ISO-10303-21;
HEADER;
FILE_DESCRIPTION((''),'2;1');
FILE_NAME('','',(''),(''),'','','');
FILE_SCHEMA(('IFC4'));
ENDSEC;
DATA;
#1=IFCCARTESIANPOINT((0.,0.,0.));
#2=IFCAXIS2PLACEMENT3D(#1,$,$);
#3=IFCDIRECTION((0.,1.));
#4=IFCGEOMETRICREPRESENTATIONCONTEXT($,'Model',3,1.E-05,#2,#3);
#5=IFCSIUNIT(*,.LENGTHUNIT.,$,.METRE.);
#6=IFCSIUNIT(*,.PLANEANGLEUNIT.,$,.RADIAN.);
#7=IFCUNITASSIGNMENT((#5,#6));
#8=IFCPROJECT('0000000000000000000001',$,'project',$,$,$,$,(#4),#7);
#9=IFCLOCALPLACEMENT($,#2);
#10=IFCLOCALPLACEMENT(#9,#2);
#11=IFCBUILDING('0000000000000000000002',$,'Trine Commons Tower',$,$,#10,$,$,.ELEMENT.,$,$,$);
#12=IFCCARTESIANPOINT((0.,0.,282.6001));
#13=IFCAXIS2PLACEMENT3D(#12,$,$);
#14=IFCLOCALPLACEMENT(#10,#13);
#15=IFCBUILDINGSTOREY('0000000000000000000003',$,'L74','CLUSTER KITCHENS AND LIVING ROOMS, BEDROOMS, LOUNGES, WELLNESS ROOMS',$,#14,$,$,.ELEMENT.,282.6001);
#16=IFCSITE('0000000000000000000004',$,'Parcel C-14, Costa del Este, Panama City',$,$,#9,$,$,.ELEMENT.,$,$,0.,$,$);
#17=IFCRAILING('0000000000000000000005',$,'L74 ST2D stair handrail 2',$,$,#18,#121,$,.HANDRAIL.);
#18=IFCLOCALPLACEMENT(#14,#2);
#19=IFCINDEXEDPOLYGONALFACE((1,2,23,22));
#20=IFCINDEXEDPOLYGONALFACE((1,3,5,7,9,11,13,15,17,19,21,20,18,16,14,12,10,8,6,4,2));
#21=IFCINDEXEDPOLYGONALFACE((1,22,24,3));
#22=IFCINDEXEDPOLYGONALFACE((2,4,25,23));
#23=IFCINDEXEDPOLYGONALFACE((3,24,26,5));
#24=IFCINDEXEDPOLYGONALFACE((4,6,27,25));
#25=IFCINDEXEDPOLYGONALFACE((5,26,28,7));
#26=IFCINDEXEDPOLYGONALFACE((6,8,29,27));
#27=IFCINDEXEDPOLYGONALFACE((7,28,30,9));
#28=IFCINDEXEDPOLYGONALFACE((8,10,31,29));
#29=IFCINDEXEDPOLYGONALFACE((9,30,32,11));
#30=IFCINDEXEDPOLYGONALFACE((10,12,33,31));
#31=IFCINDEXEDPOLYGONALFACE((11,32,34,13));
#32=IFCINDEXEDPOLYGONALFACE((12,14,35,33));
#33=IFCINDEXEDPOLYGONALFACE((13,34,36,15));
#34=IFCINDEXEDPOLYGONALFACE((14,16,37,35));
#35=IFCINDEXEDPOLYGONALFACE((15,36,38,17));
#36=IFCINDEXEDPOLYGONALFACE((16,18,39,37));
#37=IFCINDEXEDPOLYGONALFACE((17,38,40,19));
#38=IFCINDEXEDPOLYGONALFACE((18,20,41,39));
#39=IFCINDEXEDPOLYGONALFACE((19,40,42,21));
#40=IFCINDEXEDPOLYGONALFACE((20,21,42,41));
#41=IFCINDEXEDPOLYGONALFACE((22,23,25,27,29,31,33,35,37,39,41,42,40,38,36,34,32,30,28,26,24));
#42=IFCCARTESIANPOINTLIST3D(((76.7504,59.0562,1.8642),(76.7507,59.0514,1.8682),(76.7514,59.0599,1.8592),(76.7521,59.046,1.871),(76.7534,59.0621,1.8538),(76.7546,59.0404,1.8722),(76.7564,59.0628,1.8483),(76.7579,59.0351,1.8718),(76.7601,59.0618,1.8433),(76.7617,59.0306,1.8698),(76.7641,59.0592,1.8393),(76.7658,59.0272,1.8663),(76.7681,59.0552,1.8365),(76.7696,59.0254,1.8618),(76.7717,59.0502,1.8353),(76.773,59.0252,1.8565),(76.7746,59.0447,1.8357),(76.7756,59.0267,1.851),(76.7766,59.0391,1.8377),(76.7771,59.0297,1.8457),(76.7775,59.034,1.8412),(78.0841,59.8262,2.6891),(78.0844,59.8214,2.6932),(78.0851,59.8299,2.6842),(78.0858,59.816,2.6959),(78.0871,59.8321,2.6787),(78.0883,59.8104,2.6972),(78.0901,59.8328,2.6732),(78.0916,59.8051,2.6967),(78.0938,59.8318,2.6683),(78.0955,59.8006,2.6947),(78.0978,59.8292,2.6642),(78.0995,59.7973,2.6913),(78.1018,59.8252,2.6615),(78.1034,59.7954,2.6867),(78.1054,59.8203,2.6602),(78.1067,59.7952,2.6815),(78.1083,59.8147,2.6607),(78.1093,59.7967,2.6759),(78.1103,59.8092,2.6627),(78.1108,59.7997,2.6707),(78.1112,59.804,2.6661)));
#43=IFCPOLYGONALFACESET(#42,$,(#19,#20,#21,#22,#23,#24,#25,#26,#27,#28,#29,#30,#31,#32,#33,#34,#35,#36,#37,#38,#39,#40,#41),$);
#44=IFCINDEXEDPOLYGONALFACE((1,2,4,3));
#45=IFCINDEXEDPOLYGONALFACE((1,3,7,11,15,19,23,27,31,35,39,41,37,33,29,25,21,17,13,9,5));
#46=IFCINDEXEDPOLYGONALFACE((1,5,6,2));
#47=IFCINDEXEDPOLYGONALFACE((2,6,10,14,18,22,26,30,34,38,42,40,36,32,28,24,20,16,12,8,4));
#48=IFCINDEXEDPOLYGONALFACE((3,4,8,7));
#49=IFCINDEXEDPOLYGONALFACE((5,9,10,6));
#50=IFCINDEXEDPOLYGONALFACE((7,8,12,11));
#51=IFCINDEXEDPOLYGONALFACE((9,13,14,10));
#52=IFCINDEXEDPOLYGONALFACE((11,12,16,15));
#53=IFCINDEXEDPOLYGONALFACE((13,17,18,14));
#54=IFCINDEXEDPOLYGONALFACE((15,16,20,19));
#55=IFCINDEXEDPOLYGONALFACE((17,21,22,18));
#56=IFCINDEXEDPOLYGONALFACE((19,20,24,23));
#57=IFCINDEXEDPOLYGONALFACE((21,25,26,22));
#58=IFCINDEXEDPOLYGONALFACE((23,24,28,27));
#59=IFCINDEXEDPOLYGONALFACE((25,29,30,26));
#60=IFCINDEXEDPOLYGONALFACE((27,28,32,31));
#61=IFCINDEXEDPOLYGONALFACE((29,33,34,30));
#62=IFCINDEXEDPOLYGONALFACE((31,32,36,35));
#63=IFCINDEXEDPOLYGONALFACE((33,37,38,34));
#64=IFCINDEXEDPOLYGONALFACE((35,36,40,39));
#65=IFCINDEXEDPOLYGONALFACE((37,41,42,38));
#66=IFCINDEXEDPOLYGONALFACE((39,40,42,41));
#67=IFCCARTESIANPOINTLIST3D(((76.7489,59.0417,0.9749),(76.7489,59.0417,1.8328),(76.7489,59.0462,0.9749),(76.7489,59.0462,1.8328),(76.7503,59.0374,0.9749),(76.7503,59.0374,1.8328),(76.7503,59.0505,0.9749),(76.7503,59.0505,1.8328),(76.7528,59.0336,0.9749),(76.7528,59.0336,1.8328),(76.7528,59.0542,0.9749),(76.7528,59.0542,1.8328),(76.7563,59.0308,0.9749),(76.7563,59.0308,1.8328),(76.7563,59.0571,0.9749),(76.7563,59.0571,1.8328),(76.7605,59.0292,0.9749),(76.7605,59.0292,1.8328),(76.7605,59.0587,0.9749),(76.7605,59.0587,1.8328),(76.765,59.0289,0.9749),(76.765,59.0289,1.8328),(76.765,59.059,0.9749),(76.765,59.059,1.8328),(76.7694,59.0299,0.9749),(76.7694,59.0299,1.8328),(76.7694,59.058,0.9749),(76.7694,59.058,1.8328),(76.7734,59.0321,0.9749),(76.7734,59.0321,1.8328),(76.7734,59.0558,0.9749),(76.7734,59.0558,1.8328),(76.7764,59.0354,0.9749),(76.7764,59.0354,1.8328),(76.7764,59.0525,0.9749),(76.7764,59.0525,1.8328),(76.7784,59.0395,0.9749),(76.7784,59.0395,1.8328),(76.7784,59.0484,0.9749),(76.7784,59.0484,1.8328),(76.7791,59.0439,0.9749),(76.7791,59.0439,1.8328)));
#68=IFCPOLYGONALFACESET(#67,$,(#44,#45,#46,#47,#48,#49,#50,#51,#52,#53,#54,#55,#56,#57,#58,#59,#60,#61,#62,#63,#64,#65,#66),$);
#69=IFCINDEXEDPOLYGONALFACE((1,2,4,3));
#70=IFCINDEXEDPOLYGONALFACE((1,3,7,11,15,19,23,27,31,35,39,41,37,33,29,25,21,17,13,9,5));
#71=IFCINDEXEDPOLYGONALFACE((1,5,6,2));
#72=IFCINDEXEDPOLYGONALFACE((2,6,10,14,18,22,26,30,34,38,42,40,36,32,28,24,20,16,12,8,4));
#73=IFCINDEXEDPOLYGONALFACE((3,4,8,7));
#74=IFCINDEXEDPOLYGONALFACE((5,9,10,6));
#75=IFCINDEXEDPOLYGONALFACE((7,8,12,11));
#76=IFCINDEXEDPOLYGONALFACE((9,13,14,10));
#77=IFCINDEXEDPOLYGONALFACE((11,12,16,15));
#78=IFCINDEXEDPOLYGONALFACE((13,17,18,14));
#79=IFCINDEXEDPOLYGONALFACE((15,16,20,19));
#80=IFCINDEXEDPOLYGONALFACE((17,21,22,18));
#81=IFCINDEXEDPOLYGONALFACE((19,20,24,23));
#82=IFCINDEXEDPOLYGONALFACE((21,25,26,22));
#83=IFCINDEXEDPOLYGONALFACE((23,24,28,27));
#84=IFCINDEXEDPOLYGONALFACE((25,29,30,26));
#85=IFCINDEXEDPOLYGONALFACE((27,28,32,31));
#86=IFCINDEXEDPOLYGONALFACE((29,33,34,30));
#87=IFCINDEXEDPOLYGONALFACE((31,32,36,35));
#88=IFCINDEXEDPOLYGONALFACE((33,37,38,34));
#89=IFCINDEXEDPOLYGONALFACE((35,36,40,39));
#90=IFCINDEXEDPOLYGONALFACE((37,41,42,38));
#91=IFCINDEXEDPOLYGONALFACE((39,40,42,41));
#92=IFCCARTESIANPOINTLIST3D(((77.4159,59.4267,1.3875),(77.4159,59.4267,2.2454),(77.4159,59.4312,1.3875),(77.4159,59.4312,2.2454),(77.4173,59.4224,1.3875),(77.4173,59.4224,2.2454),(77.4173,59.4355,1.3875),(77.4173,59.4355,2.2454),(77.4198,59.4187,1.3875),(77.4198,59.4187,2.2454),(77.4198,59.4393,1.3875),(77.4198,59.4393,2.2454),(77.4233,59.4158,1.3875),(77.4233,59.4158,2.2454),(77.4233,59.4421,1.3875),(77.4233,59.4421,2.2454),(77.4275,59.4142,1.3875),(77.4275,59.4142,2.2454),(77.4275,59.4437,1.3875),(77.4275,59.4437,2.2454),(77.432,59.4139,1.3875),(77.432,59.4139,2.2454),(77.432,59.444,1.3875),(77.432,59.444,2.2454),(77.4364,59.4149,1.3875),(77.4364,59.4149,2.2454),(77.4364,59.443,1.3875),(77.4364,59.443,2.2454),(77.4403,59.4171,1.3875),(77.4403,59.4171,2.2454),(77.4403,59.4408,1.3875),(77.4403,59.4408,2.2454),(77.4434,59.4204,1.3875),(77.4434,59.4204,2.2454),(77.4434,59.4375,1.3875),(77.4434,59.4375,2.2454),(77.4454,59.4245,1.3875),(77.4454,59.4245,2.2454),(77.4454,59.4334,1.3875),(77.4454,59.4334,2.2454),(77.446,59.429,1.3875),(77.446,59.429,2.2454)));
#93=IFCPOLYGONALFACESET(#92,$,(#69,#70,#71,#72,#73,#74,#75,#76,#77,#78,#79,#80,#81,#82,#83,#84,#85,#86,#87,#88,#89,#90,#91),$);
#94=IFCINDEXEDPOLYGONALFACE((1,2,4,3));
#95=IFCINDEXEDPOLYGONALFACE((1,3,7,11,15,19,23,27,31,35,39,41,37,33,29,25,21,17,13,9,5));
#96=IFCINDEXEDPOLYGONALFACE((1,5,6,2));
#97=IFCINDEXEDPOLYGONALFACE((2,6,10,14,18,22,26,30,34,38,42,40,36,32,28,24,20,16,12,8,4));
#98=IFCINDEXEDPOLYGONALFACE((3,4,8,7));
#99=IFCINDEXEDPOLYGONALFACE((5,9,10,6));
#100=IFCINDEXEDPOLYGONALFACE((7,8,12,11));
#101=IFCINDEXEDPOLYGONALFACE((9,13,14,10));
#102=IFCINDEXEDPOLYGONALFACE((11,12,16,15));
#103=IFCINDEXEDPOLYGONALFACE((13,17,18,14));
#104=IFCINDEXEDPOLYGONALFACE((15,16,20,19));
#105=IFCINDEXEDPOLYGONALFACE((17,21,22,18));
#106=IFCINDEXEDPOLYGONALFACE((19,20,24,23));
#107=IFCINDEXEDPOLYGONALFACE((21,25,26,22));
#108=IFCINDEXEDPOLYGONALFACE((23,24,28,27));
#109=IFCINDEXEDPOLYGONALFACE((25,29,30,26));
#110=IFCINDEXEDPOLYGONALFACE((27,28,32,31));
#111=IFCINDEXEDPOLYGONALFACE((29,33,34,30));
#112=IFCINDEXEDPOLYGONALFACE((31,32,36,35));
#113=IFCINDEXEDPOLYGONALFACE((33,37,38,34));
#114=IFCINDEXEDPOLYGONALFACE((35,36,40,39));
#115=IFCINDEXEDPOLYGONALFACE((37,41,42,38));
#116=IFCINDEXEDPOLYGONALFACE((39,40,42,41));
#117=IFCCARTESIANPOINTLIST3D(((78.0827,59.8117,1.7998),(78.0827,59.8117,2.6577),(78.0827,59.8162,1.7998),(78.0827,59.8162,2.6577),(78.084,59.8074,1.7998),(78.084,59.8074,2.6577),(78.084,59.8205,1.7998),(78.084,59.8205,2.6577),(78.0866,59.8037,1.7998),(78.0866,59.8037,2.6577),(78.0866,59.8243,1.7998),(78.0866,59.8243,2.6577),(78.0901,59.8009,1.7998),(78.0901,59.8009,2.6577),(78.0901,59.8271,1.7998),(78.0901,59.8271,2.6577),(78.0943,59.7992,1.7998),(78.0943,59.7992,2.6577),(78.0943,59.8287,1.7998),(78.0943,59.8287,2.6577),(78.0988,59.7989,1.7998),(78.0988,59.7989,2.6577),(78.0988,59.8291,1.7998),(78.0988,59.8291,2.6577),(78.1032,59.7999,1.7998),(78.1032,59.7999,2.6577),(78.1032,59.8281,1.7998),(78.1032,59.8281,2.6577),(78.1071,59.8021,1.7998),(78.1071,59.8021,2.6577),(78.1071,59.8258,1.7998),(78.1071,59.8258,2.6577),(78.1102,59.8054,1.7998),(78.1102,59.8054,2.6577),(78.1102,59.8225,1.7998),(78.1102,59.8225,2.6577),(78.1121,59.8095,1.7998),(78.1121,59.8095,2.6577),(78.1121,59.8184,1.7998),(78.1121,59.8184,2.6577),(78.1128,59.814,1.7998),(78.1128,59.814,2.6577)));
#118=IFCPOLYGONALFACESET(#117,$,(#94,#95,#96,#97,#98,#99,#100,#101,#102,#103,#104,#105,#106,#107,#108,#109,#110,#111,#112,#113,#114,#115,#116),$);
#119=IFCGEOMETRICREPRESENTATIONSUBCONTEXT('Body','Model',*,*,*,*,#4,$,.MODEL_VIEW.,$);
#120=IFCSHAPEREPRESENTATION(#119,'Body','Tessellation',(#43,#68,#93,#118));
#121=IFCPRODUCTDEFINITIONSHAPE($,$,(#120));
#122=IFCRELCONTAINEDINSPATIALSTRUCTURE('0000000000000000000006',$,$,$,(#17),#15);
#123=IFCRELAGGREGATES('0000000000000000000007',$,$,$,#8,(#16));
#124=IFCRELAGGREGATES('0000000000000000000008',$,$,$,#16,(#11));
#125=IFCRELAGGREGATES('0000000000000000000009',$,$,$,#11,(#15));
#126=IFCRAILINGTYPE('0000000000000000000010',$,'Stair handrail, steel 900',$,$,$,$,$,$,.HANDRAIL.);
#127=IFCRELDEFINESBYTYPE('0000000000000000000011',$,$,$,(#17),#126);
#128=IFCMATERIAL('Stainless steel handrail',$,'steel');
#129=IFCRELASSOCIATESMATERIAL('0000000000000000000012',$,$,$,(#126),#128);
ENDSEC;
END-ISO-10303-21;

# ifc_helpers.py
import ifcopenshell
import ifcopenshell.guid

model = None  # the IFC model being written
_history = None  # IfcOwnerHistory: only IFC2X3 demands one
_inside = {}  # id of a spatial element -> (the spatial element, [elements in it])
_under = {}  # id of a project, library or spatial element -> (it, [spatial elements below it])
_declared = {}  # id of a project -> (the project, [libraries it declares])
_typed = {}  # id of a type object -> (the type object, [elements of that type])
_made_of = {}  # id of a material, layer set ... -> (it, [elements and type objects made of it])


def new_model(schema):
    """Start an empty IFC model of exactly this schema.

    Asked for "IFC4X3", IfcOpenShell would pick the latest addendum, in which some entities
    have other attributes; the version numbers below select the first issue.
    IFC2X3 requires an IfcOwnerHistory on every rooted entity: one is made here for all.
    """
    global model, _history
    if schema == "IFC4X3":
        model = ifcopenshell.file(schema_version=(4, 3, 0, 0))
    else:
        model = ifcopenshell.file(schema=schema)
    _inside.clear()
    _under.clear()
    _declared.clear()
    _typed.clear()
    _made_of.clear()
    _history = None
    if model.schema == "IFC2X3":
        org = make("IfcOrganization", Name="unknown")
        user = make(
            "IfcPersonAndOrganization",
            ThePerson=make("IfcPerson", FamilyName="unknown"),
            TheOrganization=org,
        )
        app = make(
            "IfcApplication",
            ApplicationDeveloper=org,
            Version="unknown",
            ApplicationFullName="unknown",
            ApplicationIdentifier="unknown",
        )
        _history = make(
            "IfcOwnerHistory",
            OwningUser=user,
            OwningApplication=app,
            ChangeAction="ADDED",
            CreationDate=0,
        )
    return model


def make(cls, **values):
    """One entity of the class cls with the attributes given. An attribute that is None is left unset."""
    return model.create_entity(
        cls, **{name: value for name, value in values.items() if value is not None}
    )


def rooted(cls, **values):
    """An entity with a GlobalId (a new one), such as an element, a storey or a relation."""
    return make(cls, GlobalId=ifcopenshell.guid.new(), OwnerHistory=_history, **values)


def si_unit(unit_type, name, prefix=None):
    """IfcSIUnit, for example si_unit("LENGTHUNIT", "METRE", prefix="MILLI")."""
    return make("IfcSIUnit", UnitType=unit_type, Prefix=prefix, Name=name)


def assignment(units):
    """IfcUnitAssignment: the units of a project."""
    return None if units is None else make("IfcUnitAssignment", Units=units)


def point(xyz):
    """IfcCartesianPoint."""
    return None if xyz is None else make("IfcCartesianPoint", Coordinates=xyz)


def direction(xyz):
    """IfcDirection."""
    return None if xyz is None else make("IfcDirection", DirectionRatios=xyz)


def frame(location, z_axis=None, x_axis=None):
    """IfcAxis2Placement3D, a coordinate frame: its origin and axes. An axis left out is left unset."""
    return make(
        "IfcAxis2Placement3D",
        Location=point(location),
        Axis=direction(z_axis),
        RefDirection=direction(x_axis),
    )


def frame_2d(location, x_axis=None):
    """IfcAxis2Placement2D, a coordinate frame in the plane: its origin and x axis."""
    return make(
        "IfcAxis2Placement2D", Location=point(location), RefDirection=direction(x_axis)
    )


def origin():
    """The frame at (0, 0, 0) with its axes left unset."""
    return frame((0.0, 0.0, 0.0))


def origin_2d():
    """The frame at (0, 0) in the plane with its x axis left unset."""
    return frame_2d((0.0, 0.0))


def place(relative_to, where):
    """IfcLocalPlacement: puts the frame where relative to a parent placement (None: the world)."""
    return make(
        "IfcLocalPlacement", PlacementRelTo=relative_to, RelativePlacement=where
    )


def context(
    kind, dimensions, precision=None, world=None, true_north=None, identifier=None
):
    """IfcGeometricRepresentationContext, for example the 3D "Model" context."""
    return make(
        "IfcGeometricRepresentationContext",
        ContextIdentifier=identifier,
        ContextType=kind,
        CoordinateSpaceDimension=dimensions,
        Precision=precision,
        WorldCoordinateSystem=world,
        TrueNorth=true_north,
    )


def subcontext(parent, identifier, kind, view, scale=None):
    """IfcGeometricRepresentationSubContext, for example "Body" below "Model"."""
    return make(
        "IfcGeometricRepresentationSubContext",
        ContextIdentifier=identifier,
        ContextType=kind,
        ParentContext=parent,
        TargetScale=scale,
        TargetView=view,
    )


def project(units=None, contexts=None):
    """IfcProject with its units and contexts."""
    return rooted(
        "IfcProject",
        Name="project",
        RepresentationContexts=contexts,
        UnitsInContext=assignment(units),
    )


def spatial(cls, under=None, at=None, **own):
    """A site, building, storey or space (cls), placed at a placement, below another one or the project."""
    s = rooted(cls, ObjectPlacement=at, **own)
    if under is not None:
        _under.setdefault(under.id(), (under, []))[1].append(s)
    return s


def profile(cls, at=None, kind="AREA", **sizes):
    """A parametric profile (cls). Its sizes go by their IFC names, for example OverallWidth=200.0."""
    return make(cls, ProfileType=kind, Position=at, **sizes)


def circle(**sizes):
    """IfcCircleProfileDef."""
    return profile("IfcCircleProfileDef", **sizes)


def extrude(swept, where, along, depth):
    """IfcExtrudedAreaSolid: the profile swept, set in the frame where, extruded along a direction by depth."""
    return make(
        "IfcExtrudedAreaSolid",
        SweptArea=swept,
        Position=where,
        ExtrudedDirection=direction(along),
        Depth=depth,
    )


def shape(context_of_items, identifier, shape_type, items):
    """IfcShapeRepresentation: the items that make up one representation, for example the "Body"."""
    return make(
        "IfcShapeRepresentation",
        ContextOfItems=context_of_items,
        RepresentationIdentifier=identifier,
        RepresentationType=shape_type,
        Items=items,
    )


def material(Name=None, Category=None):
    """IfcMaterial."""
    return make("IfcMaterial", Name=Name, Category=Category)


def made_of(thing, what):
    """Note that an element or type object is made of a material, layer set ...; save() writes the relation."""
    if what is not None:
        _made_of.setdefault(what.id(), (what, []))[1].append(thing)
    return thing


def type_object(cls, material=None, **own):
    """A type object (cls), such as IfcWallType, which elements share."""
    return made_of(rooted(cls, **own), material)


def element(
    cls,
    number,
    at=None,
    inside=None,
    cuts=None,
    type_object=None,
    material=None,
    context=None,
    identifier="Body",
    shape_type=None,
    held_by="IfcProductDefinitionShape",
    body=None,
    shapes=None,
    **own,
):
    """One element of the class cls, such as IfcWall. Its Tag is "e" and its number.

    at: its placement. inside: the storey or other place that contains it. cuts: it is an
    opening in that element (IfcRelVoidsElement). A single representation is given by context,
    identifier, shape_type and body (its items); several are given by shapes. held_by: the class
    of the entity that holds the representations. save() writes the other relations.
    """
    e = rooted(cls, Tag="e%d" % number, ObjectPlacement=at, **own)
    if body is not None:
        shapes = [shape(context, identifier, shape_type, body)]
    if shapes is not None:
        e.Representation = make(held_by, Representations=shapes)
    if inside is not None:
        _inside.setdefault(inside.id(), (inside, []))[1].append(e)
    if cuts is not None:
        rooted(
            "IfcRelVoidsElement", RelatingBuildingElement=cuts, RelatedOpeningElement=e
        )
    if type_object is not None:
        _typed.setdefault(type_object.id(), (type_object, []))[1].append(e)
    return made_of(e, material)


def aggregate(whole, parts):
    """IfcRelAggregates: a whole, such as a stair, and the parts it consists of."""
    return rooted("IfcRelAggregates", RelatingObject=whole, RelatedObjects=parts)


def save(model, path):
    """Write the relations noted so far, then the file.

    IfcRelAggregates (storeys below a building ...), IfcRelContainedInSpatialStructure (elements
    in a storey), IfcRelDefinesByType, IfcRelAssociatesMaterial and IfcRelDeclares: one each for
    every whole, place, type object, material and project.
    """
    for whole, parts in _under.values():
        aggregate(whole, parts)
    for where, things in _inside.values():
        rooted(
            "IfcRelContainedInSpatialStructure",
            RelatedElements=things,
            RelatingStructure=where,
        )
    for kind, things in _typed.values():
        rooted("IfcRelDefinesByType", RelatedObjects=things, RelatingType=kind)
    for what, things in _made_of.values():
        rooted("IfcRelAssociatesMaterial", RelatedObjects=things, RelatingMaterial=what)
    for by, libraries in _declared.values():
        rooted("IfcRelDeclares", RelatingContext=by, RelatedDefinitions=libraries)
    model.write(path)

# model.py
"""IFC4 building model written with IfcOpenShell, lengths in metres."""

from ifc_helpers import new_model, si_unit, direction, frame, origin, origin_2d, place, context, subcontext, project, spatial, circle, extrude, material, type_object, element, save


model = new_model("IFC4")

# Units and contexts
model_context = context("Model", 3, precision=1e-05, world=origin(), true_north=direction((0.0, 1.0)))
body_context = subcontext(model_context, "Body", "Model", "MODEL_VIEW")
ifc_project = project(units=[si_unit("LENGTHUNIT", "METRE"), si_unit("PLANEANGLEUNIT", "RADIAN")], contexts=[model_context])

# Site, building, storey
site_placement = place(None, origin())
site = spatial("IfcSite", under=ifc_project, at=site_placement, Name="Parcel C-14, Costa del Este, Panama City", CompositionType="ELEMENT", RefElevation=0.0)
building_placement = place(site_placement, origin())
building = spatial("IfcBuilding", under=site, at=building_placement, Name="Trine Commons Tower", CompositionType="ELEMENT")
storey_placement = place(building_placement, frame((0.0, 0.0, 282.6001)))
storey = spatial("IfcBuildingStorey", under=building, at=storey_placement, Name="L74", Description="CLUSTER KITCHENS AND LIVING ROOMS, BEDROOMS, LOUNGES, WELLNESS ROOMS", CompositionType="ELEMENT", Elevation=282.6001)

# Railing
ifc_material_1 = material(Name="Stainless steel handrail", Category="steel")
railing_type_1 = type_object("IfcRailingType", Name="Stair handrail, steel 900", PredefinedType="HANDRAIL", material=ifc_material_1)
for number, where, name in (
    (1, (76.7639, 59.0439, 0.9749), "L74 ST2D stair handrail 2"),
):
    element("IfcRailing", number, at=place(storey_placement, frame(where)), inside=storey, type_object=railing_type_1, Name=name, PredefinedType="HANDRAIL", context=body_context, shape_type="SweptSolid", body=[
        extrude(circle(Radius=0.021, at=origin_2d()), frame((0.0, 0.0, 0.8789), z_axis=(0.763405, 0.440743, 0.472185), x_axis=(-0.499992, 0.86603, 0.0)), (0.0, 0.0, 1.0), 1.7471),
        extrude(circle(Radius=0.0151, at=origin_2d()), origin(), (0.0, 0.0, 1.0), 0.8579),
        extrude(circle(Radius=0.0151, at=origin_2d()), frame((0.667, 0.385, 0.4126)), (0.0, 0.0, 1.0), 0.8579),
        extrude(circle(Radius=0.0151, at=origin_2d()), frame((1.3337, 0.77, 0.825)), (0.0, 0.0, 1.0), 0.8579),
    ])

save(model, "model.ifc")
